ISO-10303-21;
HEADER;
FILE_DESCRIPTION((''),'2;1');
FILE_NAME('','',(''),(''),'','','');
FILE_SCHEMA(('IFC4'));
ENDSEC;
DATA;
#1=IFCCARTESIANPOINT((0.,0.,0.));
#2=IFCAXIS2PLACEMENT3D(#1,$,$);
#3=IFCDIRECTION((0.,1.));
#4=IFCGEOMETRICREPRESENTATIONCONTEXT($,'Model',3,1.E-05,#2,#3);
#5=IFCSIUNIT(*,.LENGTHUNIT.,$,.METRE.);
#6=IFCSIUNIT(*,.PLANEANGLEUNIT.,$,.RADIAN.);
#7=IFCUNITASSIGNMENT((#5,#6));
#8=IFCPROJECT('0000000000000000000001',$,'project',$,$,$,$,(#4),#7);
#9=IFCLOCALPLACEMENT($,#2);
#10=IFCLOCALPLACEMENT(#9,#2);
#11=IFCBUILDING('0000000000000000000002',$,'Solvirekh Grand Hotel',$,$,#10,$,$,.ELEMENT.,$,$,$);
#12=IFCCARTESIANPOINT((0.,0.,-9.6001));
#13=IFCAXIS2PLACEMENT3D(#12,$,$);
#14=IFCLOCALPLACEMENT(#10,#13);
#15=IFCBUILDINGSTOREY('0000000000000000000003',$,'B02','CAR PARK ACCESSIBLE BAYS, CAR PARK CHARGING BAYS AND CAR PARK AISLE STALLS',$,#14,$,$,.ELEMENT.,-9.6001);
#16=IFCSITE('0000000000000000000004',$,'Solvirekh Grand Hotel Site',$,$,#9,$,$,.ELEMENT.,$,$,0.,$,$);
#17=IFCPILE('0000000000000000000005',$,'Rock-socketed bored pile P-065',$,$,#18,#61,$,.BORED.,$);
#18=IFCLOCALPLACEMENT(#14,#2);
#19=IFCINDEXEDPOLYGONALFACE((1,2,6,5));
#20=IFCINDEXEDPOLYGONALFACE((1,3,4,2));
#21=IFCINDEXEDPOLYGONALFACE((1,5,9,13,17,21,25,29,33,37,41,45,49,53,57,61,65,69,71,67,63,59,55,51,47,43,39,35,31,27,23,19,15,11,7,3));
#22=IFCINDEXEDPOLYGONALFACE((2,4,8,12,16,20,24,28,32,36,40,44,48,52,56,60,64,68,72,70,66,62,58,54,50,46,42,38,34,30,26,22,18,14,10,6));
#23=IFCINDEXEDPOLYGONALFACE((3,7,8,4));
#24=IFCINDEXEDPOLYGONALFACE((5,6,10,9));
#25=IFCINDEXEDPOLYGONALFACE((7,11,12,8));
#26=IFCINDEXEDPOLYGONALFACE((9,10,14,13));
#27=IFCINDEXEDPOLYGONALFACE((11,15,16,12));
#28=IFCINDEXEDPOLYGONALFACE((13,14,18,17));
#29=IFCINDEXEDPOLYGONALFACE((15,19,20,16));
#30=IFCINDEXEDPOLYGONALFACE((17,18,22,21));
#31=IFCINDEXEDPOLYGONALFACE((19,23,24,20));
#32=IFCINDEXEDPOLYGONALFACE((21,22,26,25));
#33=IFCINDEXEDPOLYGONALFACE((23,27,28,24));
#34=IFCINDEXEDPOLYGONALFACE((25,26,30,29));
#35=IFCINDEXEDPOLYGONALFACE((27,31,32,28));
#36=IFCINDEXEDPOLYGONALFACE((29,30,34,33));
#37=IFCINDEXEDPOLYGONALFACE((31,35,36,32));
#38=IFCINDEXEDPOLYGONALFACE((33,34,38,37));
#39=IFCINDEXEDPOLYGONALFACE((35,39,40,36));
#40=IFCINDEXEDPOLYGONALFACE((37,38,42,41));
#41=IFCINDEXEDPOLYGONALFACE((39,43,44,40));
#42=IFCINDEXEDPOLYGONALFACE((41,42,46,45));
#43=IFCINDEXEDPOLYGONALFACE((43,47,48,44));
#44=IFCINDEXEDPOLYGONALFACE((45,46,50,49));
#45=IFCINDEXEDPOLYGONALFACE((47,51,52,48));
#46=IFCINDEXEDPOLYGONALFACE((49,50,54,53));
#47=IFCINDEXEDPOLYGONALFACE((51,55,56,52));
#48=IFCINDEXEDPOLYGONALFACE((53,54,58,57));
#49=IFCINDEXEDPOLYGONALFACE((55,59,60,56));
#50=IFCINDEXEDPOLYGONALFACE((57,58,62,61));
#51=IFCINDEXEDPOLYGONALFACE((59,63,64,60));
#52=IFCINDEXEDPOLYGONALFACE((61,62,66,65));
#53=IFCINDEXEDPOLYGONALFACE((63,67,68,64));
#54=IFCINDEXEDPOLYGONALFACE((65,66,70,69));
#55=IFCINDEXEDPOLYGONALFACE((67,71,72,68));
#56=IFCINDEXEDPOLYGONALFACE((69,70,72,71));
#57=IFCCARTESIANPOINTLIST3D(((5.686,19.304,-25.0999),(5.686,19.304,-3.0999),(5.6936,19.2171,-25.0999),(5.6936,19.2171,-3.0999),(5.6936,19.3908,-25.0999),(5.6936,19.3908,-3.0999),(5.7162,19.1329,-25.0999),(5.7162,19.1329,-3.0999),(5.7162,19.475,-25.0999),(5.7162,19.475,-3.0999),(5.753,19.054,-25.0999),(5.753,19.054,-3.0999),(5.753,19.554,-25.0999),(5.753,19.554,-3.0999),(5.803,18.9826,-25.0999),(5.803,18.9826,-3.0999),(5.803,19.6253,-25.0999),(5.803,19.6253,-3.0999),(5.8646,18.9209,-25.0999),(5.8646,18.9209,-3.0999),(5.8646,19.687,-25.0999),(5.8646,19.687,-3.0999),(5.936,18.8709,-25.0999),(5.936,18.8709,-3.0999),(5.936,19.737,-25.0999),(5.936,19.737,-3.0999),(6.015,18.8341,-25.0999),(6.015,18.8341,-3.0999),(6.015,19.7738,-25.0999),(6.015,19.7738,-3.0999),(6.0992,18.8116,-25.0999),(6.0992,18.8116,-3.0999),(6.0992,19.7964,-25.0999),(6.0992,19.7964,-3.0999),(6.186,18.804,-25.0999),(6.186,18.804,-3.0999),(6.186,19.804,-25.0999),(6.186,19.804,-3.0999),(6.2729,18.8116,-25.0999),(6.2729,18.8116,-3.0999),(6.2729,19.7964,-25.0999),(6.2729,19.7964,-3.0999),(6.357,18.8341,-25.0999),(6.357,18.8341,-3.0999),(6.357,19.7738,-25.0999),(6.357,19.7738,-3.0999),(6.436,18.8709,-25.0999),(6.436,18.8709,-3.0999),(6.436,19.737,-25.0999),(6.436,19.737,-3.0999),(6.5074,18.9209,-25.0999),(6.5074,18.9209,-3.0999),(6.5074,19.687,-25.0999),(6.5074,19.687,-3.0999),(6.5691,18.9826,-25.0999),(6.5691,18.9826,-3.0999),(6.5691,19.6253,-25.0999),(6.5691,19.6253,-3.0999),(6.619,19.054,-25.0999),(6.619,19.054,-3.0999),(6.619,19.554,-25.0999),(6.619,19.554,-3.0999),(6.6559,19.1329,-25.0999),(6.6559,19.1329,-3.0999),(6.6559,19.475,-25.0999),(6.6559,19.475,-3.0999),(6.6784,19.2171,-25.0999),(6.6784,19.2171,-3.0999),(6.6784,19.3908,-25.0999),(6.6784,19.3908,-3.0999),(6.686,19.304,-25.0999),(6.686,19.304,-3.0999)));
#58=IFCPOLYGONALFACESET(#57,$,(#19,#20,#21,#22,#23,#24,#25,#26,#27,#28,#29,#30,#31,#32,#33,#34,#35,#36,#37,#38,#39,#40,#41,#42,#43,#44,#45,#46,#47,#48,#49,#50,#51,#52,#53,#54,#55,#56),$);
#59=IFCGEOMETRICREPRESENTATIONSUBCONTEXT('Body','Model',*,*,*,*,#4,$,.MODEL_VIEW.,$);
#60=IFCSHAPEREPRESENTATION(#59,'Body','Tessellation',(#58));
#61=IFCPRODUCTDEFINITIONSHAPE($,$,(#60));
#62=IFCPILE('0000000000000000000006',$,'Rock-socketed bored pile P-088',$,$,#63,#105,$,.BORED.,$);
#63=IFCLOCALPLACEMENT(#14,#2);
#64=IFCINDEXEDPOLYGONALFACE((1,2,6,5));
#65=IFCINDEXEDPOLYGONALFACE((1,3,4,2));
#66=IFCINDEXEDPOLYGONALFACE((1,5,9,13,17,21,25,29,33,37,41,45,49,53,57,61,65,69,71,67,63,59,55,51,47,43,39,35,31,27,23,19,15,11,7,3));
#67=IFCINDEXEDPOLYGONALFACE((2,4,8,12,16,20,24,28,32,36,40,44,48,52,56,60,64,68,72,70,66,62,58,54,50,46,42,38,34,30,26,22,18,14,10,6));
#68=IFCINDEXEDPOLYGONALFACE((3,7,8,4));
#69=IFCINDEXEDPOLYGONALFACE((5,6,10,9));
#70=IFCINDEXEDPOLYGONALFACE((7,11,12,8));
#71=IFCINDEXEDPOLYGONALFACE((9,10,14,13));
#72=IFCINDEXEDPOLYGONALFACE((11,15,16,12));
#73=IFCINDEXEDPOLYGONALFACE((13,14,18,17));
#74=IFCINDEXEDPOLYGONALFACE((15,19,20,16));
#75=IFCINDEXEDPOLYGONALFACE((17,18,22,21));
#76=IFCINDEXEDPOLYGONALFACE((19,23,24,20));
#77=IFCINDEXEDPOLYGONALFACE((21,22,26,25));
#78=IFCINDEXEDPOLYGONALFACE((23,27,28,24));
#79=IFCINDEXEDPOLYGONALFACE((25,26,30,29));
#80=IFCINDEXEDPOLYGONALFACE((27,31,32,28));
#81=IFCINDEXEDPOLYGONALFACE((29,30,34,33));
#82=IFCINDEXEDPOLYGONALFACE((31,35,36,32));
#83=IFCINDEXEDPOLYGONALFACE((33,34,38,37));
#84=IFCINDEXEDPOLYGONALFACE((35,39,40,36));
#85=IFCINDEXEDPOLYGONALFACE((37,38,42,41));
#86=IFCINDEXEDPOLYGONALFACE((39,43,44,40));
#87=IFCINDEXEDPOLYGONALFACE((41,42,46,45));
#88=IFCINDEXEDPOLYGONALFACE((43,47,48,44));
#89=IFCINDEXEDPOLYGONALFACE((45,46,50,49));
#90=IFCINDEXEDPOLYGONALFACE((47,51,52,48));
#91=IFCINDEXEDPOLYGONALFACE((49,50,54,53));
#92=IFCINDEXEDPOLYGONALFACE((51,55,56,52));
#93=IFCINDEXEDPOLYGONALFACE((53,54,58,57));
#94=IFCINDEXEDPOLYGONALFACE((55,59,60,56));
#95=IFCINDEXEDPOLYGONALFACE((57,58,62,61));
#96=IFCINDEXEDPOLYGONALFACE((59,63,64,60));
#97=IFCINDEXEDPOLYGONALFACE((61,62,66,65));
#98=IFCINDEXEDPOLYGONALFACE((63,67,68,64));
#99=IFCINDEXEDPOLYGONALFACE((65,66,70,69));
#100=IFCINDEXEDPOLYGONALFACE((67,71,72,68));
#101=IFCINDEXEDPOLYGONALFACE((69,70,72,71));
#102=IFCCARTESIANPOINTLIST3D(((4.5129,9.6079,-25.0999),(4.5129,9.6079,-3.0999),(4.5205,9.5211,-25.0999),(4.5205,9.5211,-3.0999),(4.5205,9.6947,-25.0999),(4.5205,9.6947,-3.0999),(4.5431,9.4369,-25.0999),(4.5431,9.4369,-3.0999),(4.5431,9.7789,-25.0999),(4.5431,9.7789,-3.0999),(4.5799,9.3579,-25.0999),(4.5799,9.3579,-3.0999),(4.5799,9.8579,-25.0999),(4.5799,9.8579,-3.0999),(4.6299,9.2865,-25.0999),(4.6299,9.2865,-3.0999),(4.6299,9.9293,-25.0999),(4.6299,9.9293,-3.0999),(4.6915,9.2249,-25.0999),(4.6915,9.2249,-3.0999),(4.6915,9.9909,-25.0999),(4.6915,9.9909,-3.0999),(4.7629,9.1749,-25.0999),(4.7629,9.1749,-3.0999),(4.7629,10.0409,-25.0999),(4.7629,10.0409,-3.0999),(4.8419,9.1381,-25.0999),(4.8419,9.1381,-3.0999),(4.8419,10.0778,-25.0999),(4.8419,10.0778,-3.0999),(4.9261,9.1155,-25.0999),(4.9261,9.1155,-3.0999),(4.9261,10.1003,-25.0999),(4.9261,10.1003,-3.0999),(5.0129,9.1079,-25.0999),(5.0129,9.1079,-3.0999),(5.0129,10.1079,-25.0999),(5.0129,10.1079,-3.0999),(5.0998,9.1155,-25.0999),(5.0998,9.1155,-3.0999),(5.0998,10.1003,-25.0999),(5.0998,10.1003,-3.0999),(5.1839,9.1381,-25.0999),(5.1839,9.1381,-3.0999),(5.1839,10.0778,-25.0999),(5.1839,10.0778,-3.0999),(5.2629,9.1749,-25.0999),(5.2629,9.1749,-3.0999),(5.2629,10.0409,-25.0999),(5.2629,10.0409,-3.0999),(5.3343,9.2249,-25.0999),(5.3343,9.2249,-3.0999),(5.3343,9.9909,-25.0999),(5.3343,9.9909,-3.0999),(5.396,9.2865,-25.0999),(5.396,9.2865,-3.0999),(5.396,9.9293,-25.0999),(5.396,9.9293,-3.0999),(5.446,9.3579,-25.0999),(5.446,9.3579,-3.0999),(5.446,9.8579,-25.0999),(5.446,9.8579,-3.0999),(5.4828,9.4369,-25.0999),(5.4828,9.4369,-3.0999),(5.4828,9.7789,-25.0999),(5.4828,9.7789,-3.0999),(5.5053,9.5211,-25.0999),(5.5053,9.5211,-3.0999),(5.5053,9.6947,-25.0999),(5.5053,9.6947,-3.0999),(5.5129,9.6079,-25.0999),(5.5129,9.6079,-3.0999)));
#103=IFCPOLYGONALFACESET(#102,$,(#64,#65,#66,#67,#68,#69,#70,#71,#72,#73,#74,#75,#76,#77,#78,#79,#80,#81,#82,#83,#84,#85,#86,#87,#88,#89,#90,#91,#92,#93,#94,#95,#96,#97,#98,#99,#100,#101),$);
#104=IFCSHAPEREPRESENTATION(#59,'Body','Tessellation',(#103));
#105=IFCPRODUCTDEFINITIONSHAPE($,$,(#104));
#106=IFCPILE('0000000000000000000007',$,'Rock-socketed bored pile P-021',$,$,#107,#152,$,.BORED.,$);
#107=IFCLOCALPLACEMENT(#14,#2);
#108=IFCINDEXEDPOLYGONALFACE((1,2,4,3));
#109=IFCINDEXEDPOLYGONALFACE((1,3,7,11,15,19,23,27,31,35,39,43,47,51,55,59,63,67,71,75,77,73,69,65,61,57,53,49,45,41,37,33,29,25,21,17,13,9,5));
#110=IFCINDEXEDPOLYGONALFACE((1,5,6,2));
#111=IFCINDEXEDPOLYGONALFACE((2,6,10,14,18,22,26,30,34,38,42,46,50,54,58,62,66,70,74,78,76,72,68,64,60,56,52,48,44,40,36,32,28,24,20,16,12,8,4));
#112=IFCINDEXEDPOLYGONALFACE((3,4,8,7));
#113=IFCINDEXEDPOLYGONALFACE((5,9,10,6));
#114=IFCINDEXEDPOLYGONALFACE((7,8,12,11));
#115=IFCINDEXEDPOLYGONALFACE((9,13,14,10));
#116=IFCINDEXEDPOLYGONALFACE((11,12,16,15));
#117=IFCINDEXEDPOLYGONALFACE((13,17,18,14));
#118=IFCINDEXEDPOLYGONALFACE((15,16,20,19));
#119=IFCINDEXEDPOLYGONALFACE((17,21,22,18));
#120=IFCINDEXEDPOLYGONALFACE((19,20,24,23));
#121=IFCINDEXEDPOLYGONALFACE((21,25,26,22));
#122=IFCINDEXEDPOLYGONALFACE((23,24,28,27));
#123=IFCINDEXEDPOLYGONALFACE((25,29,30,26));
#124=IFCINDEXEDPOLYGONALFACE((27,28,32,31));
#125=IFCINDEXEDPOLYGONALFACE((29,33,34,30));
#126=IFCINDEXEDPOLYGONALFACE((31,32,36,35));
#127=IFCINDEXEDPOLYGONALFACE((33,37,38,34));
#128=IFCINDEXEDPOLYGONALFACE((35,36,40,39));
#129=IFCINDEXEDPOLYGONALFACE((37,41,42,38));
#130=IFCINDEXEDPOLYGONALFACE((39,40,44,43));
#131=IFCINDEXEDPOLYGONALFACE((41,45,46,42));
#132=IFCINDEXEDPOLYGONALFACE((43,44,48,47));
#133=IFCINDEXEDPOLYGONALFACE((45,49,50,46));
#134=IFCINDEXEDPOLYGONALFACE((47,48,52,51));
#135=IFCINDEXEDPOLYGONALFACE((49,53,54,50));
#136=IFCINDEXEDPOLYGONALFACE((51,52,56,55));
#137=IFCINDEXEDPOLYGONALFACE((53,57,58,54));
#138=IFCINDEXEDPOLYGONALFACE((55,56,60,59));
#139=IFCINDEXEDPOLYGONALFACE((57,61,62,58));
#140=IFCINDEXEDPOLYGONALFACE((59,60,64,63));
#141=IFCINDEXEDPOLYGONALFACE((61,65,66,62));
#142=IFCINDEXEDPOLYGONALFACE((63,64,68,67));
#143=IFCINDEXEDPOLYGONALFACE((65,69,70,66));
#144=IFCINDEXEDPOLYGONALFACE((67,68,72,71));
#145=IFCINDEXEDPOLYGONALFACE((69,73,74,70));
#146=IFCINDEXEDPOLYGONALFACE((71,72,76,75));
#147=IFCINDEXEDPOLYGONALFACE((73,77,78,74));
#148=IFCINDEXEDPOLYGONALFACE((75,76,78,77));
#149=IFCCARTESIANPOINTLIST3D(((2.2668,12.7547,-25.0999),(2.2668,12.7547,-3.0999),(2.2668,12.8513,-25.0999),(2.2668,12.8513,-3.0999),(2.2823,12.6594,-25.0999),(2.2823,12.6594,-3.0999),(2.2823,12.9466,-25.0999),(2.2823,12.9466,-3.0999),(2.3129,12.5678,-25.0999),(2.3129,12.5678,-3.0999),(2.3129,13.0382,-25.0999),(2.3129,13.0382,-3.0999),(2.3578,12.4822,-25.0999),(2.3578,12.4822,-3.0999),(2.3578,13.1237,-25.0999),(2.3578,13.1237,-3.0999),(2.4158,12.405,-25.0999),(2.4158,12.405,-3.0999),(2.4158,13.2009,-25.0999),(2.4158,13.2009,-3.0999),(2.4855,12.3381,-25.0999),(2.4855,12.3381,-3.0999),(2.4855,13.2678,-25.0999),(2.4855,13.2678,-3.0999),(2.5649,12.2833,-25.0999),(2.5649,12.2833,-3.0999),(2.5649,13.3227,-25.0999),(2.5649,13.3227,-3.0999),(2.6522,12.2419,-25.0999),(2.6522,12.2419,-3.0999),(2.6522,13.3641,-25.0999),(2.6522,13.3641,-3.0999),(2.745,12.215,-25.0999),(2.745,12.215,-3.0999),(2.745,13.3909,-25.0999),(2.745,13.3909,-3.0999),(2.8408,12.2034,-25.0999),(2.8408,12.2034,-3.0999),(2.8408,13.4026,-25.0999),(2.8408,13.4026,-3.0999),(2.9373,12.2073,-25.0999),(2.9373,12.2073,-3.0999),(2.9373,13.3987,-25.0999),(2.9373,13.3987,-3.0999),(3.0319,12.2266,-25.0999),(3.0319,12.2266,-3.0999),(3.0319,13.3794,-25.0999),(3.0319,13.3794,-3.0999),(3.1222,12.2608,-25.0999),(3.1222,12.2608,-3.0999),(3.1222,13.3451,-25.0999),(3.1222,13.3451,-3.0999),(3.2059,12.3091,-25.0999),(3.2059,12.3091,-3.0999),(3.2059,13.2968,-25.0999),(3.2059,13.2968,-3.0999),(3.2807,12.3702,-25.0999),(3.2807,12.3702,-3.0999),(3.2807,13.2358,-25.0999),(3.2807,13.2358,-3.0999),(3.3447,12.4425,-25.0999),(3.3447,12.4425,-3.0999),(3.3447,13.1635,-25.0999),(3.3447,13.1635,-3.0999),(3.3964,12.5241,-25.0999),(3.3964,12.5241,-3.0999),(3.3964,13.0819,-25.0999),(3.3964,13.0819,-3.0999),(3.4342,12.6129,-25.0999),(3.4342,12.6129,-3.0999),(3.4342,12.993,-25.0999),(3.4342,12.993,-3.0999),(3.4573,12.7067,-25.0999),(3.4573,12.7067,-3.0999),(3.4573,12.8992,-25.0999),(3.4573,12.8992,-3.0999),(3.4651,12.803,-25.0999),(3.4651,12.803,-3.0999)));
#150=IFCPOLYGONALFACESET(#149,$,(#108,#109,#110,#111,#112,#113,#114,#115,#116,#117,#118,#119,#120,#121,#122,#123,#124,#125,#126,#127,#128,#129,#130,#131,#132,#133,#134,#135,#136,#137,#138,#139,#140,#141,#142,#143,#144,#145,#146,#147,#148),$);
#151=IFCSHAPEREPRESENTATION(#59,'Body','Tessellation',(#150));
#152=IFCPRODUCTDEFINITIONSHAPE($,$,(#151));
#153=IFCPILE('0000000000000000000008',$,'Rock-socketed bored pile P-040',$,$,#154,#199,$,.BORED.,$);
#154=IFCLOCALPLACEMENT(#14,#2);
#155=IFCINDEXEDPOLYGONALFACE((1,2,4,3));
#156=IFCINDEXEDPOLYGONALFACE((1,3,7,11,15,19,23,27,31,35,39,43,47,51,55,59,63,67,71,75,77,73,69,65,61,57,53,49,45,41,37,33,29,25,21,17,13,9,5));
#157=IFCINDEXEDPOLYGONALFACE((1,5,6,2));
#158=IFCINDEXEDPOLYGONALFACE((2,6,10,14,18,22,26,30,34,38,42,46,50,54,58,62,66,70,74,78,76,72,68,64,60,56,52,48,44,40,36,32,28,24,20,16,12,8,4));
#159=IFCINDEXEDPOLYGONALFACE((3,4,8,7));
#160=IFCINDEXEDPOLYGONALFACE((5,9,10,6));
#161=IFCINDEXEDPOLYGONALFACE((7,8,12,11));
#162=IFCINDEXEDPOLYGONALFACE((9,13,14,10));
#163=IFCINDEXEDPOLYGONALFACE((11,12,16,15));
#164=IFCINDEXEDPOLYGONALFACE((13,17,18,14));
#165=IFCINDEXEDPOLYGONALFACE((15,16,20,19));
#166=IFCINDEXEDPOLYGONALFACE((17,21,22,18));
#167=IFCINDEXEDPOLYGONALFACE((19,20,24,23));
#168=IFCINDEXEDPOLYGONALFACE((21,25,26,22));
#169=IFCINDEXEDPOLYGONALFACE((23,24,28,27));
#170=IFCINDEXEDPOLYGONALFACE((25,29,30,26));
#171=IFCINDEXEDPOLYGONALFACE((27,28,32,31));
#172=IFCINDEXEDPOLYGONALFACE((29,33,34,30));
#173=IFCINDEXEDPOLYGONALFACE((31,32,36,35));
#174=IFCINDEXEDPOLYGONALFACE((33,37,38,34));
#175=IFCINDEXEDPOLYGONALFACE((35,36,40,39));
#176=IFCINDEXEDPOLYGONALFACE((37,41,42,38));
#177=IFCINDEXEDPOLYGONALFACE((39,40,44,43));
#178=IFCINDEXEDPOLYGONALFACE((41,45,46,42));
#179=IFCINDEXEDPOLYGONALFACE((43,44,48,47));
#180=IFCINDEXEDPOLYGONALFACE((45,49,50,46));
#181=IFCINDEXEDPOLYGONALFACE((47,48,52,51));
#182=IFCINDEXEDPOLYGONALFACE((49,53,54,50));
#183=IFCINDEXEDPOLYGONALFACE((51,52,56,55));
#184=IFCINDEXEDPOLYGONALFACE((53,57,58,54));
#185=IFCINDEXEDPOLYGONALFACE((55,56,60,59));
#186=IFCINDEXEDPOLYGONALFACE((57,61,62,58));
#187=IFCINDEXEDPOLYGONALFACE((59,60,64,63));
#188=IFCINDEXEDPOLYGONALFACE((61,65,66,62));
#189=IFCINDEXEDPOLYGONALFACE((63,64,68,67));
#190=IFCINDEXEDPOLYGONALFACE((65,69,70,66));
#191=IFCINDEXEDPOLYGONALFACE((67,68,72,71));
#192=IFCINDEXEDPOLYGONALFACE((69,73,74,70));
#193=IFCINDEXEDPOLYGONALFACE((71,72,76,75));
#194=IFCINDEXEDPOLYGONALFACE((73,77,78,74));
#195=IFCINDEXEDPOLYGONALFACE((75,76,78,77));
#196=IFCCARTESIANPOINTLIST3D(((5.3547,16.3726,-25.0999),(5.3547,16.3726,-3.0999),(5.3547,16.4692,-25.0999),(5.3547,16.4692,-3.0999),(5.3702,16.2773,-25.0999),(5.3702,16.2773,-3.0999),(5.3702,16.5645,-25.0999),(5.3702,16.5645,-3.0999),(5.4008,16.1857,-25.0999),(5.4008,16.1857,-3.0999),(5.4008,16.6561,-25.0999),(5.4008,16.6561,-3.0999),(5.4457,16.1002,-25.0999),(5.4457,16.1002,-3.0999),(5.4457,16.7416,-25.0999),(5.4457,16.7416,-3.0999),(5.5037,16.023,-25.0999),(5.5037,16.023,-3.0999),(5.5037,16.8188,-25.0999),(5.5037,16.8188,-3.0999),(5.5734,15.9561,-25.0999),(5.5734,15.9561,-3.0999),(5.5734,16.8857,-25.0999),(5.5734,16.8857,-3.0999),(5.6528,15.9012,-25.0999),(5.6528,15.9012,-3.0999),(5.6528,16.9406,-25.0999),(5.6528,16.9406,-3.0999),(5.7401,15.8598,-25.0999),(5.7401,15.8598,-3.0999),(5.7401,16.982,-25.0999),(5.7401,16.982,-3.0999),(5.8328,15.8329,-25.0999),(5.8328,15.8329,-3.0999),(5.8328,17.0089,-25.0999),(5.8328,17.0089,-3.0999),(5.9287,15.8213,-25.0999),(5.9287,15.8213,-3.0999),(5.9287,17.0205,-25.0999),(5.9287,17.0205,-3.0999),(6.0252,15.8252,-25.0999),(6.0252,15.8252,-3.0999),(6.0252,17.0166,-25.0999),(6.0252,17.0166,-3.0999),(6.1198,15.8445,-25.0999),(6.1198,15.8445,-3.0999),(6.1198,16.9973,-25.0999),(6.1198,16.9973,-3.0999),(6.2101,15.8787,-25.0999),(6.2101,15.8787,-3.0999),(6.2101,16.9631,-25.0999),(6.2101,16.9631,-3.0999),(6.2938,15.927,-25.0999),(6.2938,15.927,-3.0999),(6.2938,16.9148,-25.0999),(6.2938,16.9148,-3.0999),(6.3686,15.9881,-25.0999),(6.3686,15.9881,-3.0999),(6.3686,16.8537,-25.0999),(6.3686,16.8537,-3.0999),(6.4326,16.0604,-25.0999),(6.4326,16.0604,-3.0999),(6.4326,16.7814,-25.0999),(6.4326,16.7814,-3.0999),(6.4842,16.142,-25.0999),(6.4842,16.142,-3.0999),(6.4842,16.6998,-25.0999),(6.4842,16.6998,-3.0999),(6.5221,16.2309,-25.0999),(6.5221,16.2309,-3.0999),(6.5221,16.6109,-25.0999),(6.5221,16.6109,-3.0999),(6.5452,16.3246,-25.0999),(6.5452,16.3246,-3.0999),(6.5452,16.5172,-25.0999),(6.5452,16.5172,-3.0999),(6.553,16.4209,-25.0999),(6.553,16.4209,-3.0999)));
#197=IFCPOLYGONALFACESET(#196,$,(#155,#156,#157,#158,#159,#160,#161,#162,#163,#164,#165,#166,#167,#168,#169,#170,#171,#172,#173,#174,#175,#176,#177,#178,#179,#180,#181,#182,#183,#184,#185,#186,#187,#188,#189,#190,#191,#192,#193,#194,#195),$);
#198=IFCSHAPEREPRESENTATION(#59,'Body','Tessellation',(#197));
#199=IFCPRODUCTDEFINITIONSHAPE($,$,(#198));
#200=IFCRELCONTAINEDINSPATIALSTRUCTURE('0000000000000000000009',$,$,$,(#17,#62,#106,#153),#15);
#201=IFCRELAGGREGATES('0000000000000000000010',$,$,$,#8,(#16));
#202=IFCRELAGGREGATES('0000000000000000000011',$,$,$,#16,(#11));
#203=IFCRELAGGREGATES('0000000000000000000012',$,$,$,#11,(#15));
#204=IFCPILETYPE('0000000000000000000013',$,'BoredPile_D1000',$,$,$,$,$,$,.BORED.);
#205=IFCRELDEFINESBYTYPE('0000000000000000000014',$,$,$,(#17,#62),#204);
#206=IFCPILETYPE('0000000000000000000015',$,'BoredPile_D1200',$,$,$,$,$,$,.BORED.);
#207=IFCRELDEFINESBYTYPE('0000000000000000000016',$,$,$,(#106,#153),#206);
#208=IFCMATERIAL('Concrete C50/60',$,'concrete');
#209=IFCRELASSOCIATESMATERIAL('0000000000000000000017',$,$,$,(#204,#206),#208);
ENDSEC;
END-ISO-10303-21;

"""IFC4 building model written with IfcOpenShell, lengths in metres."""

from ifc_helpers import new_model, si_unit, direction, frame, origin, origin_2d, place, context, subcontext, project, spatial, circle, extrude, material, material_profile, profile_set, type_object, element, save


model = new_model("IFC4")

# Units and contexts
model_context = context("Model", 3, precision=1e-05, world=origin(), true_north=direction((0.0, 1.0)))
body_context = subcontext(model_context, "Body", "Model", "MODEL_VIEW")
ifc_project = project(units=[si_unit("LENGTHUNIT", "METRE"), si_unit("PLANEANGLEUNIT", "RADIAN")], contexts=[model_context])

# Site, building, storey
site_placement = place(None, origin())
site = spatial("IfcSite", under=ifc_project, at=site_placement, Name="Solvirekh Grand Hotel Site", CompositionType="ELEMENT", RefElevation=0.0)
building_placement = place(site_placement, origin())
building = spatial("IfcBuilding", under=site, at=building_placement, Name="Solvirekh Grand Hotel", CompositionType="ELEMENT")
storey_placement = place(building_placement, frame((0.0, 0.0, -9.6001)))
storey = spatial("IfcBuildingStorey", under=building, at=storey_placement, Name="B02", Description="CAR PARK ACCESSIBLE BAYS, CAR PARK CHARGING BAYS AND CAR PARK AISLE STALLS", CompositionType="ELEMENT", Elevation=-9.6001)

# Piles
ifc_material_1 = material(Name="Concrete C50/60", Category="concrete")
ifc_material_profile_1 = material_profile(ifc_material_1, circle(Radius=0.5, at=origin_2d()), Name="BORED PILE D1000")
ifc_profile_set_1 = profile_set([ifc_material_profile_1], Name="Concrete C50/60")
pile_type_1 = type_object("IfcPileType", Name="BoredPile_D1000", PredefinedType="BORED", material=ifc_profile_set_1)
for number, where, z_axis, x_axis, name in (
    (1, (6.186, 19.304, -3.0999), (0.0, 0.0, -1.0), (1.0, 0.0, 0.0), "Rock-socketed bored pile P-065"),
    (2, (5.0129, 9.6079, -3.0999), (0.0, 0.0, -1.0), (1.0, 0.0, 0.0), "Rock-socketed bored pile P-088"),
):
    element("IfcPile", number, at=place(storey_placement, frame(where, z_axis=z_axis, x_axis=x_axis)), inside=storey, type_object=pile_type_1, Name=name, PredefinedType="BORED", context=body_context, shape_type="SweptSolid", body=[
        extrude(circle(Radius=0.5, at=origin_2d()), origin(), (0.0, 0.0, 1.0), 22.0),
    ])
ifc_material_profile_2 = material_profile(ifc_material_1, circle(Radius=0.6001, at=origin_2d()), Name="BORED PILE D1200")
ifc_profile_set_2 = profile_set([ifc_material_profile_2], Name="Concrete C50/60")
pile_type_2 = type_object("IfcPileType", Name="BoredPile_D1200", PredefinedType="BORED", material=ifc_profile_set_2)
for number, where, z_axis, x_axis, name in (
    (3, (2.865, 12.803, -3.0999), (0.0, 0.0, -1.0), (1.0, 0.0, 0.0), "Rock-socketed bored pile P-021"),
    (4, (5.9529, 16.4209, -3.0999), (0.0, 0.0, -1.0), (1.0, 0.0, 0.0), "Rock-socketed bored pile P-040"),
):
    element("IfcPile", number, at=place(storey_placement, frame(where, z_axis=z_axis, x_axis=x_axis)), inside=storey, type_object=pile_type_2, Name=name, PredefinedType="BORED", context=body_context, shape_type="SweptSolid", body=[
        extrude(circle(Radius=0.6001, at=origin_2d()), origin(), (0.0, 0.0, 1.0), 22.0),
    ])

save(model, "model.ifc")
